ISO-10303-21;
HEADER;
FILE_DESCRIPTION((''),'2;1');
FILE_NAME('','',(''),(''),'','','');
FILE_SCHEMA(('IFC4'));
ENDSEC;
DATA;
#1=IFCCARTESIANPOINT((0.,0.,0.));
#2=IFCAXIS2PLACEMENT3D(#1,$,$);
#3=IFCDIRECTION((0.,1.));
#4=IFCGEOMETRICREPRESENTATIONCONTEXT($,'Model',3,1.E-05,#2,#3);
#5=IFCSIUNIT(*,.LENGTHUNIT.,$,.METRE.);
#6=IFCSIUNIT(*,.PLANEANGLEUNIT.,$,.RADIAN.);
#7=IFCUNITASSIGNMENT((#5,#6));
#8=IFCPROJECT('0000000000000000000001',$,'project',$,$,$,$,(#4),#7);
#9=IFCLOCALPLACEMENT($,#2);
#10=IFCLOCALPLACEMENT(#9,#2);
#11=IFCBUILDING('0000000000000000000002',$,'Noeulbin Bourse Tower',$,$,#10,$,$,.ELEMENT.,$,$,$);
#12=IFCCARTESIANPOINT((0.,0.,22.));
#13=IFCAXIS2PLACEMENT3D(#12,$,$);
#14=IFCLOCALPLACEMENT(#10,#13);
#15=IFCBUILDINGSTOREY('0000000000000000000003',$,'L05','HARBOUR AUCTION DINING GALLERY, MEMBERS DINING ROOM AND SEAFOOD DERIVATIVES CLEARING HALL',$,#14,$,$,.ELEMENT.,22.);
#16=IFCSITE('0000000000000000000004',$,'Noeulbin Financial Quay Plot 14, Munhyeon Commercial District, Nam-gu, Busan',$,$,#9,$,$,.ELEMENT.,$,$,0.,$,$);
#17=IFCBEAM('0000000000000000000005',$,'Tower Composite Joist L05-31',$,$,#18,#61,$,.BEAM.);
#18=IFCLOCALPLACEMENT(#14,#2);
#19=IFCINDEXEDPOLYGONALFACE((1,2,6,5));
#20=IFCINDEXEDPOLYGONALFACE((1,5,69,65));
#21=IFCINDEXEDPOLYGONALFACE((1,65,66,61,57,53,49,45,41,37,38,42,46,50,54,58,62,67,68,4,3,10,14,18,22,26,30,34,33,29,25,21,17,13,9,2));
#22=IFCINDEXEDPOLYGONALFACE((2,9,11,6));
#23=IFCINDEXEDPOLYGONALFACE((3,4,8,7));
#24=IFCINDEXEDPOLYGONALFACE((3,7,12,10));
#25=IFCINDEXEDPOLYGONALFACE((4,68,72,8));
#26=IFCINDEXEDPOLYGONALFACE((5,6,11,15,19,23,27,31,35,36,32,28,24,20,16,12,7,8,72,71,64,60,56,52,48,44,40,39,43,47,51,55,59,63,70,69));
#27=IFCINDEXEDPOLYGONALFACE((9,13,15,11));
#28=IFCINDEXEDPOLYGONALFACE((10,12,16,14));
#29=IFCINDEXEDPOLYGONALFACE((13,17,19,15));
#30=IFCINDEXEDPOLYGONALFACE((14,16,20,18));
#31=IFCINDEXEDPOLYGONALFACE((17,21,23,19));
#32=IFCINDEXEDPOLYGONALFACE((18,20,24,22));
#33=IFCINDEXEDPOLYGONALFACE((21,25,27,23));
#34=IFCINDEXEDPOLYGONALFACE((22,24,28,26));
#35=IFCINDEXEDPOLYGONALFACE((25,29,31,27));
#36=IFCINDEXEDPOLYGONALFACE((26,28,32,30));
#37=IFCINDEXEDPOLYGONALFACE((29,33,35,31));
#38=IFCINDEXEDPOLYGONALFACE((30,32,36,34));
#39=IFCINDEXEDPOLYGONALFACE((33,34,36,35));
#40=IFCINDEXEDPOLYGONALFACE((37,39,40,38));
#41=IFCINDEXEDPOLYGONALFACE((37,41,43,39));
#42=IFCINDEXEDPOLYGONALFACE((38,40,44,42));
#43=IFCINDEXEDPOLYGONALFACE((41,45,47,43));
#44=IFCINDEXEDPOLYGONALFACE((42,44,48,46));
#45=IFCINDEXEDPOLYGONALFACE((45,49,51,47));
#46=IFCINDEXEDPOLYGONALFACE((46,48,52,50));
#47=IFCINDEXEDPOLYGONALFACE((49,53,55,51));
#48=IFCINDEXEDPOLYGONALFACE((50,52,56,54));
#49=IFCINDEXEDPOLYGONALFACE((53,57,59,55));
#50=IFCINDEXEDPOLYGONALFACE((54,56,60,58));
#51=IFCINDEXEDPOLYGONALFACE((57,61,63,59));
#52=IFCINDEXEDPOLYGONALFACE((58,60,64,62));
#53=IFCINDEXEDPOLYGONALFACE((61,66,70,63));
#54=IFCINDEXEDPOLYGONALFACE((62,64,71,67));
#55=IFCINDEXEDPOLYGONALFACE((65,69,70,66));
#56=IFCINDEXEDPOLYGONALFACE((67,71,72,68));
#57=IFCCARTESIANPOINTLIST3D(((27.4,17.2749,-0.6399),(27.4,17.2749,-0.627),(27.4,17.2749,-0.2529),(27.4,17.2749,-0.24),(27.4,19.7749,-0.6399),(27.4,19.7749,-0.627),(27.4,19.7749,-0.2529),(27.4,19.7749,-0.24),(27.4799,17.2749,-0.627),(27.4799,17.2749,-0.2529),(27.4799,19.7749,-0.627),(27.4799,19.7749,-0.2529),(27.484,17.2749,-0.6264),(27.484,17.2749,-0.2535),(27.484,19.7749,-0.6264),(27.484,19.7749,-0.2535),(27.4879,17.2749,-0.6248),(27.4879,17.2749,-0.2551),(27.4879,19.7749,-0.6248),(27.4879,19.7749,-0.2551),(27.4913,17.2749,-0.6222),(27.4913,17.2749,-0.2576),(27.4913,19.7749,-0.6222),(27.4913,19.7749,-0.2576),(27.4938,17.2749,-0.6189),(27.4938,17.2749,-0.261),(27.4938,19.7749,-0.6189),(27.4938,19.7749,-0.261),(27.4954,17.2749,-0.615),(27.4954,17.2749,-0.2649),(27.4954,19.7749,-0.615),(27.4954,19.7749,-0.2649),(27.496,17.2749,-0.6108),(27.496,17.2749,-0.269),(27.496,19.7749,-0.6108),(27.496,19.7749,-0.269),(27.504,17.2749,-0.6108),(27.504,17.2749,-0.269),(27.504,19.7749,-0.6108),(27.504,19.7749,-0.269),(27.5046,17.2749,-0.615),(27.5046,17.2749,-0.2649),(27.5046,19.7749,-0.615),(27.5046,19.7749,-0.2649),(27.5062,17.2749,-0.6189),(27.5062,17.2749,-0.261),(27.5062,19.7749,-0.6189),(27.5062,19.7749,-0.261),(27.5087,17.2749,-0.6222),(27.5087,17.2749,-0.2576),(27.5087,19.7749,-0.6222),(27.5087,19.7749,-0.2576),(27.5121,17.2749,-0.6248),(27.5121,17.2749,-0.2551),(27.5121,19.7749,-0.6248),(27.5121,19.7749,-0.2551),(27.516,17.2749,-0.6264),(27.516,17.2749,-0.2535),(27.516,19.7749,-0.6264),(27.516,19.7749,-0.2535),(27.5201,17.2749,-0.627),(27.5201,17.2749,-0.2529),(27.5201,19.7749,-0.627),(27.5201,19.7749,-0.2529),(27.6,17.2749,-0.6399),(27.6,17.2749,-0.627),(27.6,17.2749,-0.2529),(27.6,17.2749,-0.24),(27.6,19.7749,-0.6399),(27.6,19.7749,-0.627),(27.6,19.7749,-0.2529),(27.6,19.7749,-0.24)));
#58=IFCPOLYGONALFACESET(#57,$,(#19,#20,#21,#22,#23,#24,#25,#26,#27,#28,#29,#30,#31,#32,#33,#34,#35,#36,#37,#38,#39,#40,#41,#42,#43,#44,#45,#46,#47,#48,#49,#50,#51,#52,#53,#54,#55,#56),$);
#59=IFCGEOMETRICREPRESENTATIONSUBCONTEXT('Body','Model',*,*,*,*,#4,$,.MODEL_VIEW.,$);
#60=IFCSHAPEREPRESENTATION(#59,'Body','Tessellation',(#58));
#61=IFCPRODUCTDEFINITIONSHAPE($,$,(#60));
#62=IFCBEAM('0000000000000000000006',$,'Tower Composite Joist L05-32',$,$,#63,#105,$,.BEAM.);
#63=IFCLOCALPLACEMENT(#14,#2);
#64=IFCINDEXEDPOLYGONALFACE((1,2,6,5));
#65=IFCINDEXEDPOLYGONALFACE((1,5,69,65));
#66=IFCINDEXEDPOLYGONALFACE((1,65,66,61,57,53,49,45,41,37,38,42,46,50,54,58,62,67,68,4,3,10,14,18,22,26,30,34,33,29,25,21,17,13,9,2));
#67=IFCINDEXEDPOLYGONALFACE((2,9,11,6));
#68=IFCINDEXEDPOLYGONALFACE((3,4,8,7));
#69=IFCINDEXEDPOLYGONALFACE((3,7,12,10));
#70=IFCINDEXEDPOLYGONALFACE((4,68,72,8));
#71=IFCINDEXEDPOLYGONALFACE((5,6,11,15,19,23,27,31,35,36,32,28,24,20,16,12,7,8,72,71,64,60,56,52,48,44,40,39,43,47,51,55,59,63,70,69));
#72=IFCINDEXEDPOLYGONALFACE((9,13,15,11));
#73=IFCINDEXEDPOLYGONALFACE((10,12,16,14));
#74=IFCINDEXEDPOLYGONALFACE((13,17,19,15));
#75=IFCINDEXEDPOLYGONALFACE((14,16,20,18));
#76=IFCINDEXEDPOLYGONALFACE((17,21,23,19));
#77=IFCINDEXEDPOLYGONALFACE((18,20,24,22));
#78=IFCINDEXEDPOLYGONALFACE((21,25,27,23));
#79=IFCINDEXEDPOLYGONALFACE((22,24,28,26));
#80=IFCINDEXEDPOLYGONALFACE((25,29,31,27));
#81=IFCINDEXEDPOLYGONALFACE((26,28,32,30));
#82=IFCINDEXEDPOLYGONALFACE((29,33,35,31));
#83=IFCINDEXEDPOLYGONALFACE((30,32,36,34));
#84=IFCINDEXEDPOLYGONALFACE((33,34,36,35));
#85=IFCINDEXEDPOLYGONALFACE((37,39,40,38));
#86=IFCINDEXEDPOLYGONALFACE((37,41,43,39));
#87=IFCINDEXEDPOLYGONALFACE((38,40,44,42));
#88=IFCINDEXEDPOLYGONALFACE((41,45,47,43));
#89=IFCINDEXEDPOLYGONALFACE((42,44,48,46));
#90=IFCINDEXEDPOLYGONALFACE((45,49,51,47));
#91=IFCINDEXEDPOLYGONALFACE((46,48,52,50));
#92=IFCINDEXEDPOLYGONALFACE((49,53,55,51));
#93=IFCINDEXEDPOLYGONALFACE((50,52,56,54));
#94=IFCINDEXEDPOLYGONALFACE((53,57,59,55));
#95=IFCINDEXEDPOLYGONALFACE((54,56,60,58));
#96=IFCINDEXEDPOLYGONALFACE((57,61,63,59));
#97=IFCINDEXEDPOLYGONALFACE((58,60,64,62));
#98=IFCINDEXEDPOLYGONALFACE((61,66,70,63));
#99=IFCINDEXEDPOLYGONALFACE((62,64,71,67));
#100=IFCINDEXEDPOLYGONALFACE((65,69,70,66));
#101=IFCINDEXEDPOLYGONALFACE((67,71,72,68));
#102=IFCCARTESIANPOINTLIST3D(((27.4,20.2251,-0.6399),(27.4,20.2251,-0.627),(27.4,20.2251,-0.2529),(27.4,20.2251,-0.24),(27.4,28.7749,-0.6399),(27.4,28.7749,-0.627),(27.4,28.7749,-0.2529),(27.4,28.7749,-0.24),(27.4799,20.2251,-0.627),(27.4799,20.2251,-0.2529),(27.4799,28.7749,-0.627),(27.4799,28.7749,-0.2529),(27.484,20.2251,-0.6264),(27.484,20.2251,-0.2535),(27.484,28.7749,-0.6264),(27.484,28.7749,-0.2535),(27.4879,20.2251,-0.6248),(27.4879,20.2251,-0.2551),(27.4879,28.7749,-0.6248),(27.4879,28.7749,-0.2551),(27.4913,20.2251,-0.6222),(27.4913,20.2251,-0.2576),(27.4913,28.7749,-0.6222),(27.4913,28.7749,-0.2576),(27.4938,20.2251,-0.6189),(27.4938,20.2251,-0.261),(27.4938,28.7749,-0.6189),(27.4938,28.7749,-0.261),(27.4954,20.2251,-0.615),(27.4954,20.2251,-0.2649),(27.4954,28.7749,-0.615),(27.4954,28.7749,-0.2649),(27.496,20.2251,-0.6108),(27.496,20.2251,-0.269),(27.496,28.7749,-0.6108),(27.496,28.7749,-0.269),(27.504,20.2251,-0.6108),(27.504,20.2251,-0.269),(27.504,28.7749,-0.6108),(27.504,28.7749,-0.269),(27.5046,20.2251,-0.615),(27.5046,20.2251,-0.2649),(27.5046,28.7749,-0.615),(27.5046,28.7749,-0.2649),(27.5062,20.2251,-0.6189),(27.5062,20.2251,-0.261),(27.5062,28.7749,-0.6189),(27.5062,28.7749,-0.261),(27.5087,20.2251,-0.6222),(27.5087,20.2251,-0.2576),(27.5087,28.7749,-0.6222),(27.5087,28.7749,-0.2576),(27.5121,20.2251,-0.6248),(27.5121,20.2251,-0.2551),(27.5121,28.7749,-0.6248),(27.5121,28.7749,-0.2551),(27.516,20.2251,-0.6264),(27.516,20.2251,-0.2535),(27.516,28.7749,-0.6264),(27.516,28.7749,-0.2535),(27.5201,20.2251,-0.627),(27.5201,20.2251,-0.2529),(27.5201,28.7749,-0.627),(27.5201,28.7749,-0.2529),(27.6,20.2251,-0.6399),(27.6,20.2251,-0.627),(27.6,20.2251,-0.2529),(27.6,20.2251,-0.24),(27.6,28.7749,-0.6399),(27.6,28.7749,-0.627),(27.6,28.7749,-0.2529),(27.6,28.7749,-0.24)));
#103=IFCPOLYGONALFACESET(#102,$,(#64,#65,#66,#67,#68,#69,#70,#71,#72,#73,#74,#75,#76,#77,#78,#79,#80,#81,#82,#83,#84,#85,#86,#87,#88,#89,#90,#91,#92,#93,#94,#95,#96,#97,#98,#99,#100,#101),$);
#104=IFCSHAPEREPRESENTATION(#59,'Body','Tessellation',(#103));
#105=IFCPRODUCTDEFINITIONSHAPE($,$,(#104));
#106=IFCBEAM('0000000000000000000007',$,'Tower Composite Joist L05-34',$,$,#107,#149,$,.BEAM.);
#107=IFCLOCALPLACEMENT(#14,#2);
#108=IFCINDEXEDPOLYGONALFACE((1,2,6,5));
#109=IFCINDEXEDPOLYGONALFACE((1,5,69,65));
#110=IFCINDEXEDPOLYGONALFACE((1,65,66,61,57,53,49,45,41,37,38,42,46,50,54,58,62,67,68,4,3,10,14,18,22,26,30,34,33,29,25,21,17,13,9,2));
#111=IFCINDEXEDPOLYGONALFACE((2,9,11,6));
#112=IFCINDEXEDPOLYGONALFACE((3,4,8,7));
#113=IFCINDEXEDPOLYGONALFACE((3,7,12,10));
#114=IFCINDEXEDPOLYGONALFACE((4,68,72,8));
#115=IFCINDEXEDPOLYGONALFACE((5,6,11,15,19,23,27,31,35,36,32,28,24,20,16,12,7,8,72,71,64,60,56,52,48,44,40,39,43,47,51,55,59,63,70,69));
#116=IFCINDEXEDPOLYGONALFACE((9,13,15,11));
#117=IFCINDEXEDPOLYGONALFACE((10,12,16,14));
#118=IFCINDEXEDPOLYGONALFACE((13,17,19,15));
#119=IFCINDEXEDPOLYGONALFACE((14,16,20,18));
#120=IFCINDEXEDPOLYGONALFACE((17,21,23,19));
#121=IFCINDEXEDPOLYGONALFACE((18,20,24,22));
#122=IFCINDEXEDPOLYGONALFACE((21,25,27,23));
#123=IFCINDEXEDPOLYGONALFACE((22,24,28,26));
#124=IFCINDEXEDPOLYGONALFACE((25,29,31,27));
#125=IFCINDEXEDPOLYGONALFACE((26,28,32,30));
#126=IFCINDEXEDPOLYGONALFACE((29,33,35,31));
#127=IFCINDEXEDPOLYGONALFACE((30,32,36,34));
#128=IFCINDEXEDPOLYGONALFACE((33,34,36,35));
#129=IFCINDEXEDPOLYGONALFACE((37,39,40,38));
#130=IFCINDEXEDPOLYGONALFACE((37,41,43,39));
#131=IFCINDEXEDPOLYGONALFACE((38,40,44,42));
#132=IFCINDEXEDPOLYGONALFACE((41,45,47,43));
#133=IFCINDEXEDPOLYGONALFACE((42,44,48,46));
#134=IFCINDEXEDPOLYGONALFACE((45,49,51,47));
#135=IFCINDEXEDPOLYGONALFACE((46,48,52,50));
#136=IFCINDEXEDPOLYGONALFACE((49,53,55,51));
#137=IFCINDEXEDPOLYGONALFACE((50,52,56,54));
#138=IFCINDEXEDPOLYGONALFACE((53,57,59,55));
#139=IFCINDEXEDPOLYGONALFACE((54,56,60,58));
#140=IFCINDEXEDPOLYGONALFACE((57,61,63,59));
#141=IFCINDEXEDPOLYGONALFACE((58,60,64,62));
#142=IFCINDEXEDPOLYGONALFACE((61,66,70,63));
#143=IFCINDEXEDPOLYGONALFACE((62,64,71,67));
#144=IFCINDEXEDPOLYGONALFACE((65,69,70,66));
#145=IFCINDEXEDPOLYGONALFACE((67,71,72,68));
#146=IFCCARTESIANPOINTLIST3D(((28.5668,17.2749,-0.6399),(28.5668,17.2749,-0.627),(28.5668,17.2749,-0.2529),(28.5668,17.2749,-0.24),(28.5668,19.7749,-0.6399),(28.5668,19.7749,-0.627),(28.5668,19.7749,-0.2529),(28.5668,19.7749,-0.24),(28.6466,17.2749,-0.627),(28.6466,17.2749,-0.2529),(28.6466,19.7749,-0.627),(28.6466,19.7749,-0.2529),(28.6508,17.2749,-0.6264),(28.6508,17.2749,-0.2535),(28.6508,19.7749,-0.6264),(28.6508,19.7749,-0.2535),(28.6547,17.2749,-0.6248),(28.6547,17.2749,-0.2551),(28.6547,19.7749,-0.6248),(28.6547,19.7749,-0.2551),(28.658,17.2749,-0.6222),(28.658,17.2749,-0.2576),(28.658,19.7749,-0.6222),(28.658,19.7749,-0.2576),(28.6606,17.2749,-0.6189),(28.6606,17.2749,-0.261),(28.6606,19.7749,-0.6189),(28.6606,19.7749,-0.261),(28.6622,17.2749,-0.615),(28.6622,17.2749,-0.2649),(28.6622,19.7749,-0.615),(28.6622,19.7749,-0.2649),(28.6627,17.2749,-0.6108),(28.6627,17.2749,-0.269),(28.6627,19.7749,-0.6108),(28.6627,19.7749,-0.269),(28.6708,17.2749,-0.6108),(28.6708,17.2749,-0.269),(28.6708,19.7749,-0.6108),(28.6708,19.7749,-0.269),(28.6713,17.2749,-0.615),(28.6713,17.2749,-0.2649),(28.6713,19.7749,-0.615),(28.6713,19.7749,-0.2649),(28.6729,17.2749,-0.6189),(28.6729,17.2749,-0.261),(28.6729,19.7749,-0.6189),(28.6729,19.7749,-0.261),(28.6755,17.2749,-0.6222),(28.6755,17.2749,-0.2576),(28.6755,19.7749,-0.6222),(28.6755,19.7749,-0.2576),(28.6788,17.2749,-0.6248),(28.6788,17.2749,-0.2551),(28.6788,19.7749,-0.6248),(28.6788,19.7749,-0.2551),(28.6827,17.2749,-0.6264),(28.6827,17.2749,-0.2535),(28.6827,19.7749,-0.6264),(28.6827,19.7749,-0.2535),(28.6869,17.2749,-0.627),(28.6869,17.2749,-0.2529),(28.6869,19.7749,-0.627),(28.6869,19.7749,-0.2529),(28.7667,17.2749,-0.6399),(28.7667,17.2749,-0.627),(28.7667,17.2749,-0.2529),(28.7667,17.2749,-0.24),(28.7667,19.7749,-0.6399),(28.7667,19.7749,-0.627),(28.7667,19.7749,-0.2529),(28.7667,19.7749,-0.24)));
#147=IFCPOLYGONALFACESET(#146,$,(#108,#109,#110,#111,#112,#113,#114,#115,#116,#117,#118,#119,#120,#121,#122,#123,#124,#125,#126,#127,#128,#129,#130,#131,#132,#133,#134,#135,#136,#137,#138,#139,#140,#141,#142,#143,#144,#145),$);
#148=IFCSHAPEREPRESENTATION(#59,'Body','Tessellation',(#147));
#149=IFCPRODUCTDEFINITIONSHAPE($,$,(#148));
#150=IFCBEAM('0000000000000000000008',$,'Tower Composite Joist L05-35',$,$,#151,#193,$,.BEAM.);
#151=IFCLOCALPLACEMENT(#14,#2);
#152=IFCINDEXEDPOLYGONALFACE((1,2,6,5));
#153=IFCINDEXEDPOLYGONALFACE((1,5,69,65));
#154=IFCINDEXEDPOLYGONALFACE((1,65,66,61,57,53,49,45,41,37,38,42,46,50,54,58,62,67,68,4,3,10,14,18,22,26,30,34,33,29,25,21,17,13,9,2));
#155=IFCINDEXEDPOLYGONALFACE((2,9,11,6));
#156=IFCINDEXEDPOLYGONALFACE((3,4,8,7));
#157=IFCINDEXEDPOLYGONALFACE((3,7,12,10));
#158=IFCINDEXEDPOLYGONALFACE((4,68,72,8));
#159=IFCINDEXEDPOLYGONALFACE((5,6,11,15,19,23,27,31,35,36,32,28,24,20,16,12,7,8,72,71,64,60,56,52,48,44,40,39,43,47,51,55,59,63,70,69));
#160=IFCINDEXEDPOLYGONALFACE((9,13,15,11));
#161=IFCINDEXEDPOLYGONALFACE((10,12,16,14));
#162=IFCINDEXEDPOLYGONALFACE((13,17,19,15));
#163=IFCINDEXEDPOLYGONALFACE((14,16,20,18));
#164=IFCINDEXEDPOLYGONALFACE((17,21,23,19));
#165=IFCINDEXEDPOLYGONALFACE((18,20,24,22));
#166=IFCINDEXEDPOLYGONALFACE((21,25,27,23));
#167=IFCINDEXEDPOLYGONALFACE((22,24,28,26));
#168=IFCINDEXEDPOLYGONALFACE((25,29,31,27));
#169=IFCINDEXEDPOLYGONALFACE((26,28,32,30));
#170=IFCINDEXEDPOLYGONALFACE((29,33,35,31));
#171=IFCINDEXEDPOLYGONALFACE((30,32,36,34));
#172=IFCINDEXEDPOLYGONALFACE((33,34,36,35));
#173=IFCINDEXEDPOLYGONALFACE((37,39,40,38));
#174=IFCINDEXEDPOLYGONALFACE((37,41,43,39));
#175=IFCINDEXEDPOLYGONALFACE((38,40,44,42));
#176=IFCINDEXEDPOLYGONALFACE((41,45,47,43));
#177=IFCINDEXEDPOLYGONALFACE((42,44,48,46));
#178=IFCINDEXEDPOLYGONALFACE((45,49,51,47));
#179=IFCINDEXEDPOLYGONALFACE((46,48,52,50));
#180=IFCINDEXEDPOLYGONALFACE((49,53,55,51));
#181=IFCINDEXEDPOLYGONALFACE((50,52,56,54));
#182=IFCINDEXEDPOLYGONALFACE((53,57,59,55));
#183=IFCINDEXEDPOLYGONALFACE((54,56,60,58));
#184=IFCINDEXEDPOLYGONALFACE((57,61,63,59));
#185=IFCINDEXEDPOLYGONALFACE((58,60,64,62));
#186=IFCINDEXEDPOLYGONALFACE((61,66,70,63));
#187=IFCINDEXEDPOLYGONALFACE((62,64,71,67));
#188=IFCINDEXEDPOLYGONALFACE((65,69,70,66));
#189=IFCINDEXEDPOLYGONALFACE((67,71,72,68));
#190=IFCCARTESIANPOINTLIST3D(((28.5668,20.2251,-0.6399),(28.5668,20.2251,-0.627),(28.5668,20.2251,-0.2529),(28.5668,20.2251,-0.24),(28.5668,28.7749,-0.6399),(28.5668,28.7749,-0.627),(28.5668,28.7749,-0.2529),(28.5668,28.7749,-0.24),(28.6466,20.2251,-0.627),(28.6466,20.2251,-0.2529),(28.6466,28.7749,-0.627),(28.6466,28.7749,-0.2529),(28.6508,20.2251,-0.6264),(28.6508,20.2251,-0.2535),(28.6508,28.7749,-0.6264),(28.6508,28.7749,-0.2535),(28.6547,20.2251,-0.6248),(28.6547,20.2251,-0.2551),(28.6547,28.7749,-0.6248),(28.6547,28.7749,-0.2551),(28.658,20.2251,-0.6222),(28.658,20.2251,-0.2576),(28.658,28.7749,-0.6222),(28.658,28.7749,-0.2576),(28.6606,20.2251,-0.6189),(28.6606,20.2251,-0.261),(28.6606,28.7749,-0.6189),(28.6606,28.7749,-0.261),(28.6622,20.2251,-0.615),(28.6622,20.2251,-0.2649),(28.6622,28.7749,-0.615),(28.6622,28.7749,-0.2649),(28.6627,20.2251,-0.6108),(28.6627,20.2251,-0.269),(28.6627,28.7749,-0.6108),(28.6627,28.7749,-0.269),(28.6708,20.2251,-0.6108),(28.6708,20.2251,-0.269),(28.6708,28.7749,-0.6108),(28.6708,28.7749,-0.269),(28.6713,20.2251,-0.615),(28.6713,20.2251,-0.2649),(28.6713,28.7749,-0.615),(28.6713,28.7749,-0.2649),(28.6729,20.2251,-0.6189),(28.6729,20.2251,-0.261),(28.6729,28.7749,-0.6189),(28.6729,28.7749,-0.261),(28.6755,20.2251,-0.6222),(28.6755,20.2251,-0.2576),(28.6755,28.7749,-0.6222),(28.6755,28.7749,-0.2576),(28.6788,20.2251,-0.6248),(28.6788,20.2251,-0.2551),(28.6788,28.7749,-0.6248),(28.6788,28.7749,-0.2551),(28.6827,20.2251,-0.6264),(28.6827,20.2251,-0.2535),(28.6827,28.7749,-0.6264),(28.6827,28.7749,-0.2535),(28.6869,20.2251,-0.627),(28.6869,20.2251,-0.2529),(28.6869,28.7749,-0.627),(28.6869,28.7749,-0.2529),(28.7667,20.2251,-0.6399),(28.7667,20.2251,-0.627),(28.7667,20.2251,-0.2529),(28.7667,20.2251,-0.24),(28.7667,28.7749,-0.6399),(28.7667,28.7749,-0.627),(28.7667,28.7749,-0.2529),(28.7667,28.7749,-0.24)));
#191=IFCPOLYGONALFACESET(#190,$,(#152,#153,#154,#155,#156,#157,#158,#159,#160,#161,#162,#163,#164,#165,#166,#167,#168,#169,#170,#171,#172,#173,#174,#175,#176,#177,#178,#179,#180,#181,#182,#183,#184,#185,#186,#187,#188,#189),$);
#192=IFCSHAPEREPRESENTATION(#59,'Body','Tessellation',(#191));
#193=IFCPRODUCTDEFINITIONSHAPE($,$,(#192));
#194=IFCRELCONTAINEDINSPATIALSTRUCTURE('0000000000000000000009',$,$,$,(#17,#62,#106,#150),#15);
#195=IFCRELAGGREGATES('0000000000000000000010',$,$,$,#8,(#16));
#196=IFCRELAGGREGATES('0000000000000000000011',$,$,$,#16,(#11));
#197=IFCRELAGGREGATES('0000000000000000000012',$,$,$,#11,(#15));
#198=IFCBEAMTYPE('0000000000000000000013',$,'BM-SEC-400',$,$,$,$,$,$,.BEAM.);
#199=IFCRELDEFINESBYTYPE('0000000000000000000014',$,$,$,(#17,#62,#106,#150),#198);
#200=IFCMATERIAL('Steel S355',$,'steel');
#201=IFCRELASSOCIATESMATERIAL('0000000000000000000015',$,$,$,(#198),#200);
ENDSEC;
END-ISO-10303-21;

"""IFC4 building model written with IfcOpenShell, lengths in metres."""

from ifc_helpers import new_model, si_unit, direction, frame, origin, origin_2d, place, context, subcontext, project, spatial, i_section, extrude, material, material_profile, profile_set, type_object, element, save


model = new_model("IFC4")

# Units and contexts
model_context = context("Model", 3, precision=1e-05, world=origin(), true_north=direction((0.0, 1.0)))
body_context = subcontext(model_context, "Body", "Model", "MODEL_VIEW")
ifc_project = project(units=[si_unit("LENGTHUNIT", "METRE"), si_unit("PLANEANGLEUNIT", "RADIAN")], contexts=[model_context])

# Site, building, storey
site_placement = place(None, origin())
site = spatial("IfcSite", under=ifc_project, at=site_placement, Name="Noeulbin Financial Quay Plot 14, Munhyeon Commercial District, Nam-gu, Busan", CompositionType="ELEMENT", RefElevation=0.0)
building_placement = place(site_placement, origin())
building = spatial("IfcBuilding", under=site, at=building_placement, Name="Noeulbin Bourse Tower", CompositionType="ELEMENT")
storey_placement = place(building_placement, frame((0.0, 0.0, 22.0)))
storey = spatial("IfcBuildingStorey", under=building, at=storey_placement, Name="L05", Description="HARBOUR AUCTION DINING GALLERY, MEMBERS DINING ROOM AND SEAFOOD DERIVATIVES CLEARING HALL", CompositionType="ELEMENT", Elevation=22.0)

# Beams
ifc_material_1 = material(Name="Steel S355", Category="steel")
ifc_material_profile_1 = material_profile(ifc_material_1, i_section(OverallWidth=0.2, OverallDepth=0.3999, WebThickness=0.0081, FlangeThickness=0.0129, FilletRadius=0.0161, at=origin_2d()), Name="H-400x200x8x13", Category="LoadBearing")
ifc_profile_set_1 = profile_set([ifc_material_profile_1], Name="Steel S355")
beam_type_1 = type_object("IfcBeamType", Name="BM-SEC-400", PredefinedType="BEAM", material=ifc_profile_set_1)
beam_1_placement = place(storey_placement, frame((27.5, 17.2749, -0.4399), z_axis=(0.0, 1.0, 0.0), x_axis=(-1.0, 0.0, 0.0)))
element("IfcBeam", 1, at=beam_1_placement, inside=storey, type_object=beam_type_1, Name="Tower Composite Joist L05-31", PredefinedType="BEAM", context=body_context, shape_type="SweptSolid", body=[
    extrude(i_section(OverallWidth=0.2, OverallDepth=0.3999, WebThickness=0.0081, FlangeThickness=0.0129, FilletRadius=0.0161, at=origin_2d()), origin(), (0.0, 0.0, 1.0), 2.5),
])
beam_2_placement = place(storey_placement, frame((27.5, 20.2251, -0.4399), z_axis=(0.0, 1.0, 0.0), x_axis=(-1.0, 0.0, 0.0)))
element("IfcBeam", 2, at=beam_2_placement, inside=storey, type_object=beam_type_1, Name="Tower Composite Joist L05-32", PredefinedType="BEAM", context=body_context, shape_type="SweptSolid", body=[
    extrude(i_section(OverallWidth=0.2, OverallDepth=0.3999, WebThickness=0.0081, FlangeThickness=0.0129, FilletRadius=0.0161, at=origin_2d()), origin(), (0.0, 0.0, 1.0), 8.5498),
])
beam_3_placement = place(storey_placement, frame((28.6667, 17.2749, -0.4399), z_axis=(0.0, 1.0, 0.0), x_axis=(-1.0, 0.0, 0.0)))
element("IfcBeam", 3, at=beam_3_placement, inside=storey, type_object=beam_type_1, Name="Tower Composite Joist L05-34", PredefinedType="BEAM", context=body_context, shape_type="SweptSolid", body=[
    extrude(i_section(OverallWidth=0.2, OverallDepth=0.3999, WebThickness=0.0081, FlangeThickness=0.0129, FilletRadius=0.0161, at=origin_2d()), origin(), (0.0, 0.0, 1.0), 2.5),
])
for number, where, z_axis, x_axis, name in (
    (4, (28.6667, 20.2251, -0.4399), (0.0, 1.0, 0.0), (-1.0, 0.0, 0.0), "Tower Composite Joist L05-35"),
):
    element("IfcBeam", number, at=place(storey_placement, frame(where, z_axis=z_axis, x_axis=x_axis)), inside=storey, type_object=beam_type_1, Name=name, PredefinedType="BEAM", context=body_context, shape_type="SweptSolid", body=[
        extrude(i_section(OverallWidth=0.2, OverallDepth=0.3999, WebThickness=0.0081, FlangeThickness=0.0129, FilletRadius=0.0161, at=origin_2d()), origin(), (0.0, 0.0, 1.0), 8.5498),
    ])

save(model, "model.ifc")
